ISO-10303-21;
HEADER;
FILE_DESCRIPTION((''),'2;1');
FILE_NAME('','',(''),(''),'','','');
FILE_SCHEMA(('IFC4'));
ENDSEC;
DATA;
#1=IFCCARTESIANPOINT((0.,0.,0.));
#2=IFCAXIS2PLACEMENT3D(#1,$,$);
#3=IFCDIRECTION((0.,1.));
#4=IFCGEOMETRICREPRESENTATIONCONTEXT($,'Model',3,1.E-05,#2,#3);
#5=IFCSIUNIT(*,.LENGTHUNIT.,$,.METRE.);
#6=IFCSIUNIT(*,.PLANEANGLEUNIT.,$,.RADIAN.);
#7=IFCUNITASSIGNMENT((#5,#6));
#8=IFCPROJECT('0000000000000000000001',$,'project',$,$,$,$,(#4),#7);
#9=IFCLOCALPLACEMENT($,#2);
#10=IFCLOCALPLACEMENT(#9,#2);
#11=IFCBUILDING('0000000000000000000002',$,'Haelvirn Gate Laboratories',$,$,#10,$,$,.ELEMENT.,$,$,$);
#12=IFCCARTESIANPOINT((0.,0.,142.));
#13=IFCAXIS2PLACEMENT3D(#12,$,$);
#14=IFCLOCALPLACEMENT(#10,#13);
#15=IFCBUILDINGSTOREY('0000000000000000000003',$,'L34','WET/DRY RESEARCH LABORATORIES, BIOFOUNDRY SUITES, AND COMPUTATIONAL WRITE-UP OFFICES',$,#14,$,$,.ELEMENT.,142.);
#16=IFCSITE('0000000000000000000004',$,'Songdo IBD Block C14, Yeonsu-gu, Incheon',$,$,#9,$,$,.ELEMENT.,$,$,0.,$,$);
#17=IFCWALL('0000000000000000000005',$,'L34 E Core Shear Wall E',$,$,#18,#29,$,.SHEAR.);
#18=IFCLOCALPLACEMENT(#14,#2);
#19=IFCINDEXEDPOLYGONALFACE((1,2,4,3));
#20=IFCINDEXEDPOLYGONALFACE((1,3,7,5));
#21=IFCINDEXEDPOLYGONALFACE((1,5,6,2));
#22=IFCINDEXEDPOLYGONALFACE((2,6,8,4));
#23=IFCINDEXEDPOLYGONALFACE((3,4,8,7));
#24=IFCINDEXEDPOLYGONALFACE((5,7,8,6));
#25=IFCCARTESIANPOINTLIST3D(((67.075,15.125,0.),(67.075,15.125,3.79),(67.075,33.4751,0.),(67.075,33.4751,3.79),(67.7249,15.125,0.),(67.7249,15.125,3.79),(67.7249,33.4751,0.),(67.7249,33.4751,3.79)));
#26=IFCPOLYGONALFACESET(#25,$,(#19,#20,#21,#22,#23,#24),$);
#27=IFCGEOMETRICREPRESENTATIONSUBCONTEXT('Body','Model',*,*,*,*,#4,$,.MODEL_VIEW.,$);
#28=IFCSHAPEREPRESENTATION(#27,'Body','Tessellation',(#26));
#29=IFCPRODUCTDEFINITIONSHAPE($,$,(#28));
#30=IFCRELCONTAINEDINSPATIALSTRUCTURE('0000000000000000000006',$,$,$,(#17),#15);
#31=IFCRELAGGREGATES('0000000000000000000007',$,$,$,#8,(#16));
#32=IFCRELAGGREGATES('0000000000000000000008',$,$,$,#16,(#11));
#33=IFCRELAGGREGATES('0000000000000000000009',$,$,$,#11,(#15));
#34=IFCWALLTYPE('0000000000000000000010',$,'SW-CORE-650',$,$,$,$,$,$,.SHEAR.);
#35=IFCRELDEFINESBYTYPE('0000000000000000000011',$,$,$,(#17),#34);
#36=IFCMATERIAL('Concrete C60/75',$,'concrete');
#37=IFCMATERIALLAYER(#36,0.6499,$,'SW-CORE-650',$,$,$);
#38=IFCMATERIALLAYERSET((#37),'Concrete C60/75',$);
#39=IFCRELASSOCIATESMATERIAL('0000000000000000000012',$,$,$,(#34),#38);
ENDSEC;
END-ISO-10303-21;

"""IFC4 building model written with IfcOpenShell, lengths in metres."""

from ifc_helpers import new_model, si_unit, direction, frame, frame_2d, origin, place, context, subcontext, project, spatial, rectangle, extrude, material, layer, layer_set, type_object, element, save


model = new_model("IFC4")

# Units and contexts
model_context = context("Model", 3, precision=1e-05, world=origin(), true_north=direction((0.0, 1.0)))
body_context = subcontext(model_context, "Body", "Model", "MODEL_VIEW")
ifc_project = project(units=[si_unit("LENGTHUNIT", "METRE"), si_unit("PLANEANGLEUNIT", "RADIAN")], contexts=[model_context])

# Site, building, storey
site_placement = place(None, origin())
site = spatial("IfcSite", under=ifc_project, at=site_placement, Name="Songdo IBD Block C14, Yeonsu-gu, Incheon", CompositionType="ELEMENT", RefElevation=0.0)
building_placement = place(site_placement, origin())
building = spatial("IfcBuilding", under=site, at=building_placement, Name="Haelvirn Gate Laboratories", CompositionType="ELEMENT")
storey_placement = place(building_placement, frame((0.0, 0.0, 142.0)))
storey = spatial("IfcBuildingStorey", under=building, at=storey_placement, Name="L34", Description="WET/DRY RESEARCH LABORATORIES, BIOFOUNDRY SUITES, AND COMPUTATIONAL WRITE-UP OFFICES", CompositionType="ELEMENT", Elevation=142.0)

# Shared definitions
ifc_material_1 = material(Name="Concrete C60/75", Category="concrete")

# Wall
ifc_layer_1 = layer(ifc_material_1, 0.6499, Name="SW-CORE-650")
ifc_layer_set_1 = layer_set([ifc_layer_1], Name="Concrete C60/75")
wall_type_1 = type_object("IfcWallType", Name="SW-CORE-650", PredefinedType="SHEAR", material=ifc_layer_set_1)
wall_1_placement = place(storey_placement, frame((67.3999, 15.125, 0.0), z_axis=(0.0, 0.0, 1.0), x_axis=(0.0, 1.0, 0.0)))
element("IfcWall", 1, at=wall_1_placement, inside=storey, type_object=wall_type_1, Name="L34 E Core Shear Wall E", PredefinedType="SHEAR", context=body_context, shape_type="SweptSolid", body=[
    extrude(rectangle(XDim=18.3501, YDim=0.6499, at=frame_2d((9.175, 0.0))), origin(), (0.0, 0.0, 1.0), 3.79),
])

save(model, "model.ifc")
